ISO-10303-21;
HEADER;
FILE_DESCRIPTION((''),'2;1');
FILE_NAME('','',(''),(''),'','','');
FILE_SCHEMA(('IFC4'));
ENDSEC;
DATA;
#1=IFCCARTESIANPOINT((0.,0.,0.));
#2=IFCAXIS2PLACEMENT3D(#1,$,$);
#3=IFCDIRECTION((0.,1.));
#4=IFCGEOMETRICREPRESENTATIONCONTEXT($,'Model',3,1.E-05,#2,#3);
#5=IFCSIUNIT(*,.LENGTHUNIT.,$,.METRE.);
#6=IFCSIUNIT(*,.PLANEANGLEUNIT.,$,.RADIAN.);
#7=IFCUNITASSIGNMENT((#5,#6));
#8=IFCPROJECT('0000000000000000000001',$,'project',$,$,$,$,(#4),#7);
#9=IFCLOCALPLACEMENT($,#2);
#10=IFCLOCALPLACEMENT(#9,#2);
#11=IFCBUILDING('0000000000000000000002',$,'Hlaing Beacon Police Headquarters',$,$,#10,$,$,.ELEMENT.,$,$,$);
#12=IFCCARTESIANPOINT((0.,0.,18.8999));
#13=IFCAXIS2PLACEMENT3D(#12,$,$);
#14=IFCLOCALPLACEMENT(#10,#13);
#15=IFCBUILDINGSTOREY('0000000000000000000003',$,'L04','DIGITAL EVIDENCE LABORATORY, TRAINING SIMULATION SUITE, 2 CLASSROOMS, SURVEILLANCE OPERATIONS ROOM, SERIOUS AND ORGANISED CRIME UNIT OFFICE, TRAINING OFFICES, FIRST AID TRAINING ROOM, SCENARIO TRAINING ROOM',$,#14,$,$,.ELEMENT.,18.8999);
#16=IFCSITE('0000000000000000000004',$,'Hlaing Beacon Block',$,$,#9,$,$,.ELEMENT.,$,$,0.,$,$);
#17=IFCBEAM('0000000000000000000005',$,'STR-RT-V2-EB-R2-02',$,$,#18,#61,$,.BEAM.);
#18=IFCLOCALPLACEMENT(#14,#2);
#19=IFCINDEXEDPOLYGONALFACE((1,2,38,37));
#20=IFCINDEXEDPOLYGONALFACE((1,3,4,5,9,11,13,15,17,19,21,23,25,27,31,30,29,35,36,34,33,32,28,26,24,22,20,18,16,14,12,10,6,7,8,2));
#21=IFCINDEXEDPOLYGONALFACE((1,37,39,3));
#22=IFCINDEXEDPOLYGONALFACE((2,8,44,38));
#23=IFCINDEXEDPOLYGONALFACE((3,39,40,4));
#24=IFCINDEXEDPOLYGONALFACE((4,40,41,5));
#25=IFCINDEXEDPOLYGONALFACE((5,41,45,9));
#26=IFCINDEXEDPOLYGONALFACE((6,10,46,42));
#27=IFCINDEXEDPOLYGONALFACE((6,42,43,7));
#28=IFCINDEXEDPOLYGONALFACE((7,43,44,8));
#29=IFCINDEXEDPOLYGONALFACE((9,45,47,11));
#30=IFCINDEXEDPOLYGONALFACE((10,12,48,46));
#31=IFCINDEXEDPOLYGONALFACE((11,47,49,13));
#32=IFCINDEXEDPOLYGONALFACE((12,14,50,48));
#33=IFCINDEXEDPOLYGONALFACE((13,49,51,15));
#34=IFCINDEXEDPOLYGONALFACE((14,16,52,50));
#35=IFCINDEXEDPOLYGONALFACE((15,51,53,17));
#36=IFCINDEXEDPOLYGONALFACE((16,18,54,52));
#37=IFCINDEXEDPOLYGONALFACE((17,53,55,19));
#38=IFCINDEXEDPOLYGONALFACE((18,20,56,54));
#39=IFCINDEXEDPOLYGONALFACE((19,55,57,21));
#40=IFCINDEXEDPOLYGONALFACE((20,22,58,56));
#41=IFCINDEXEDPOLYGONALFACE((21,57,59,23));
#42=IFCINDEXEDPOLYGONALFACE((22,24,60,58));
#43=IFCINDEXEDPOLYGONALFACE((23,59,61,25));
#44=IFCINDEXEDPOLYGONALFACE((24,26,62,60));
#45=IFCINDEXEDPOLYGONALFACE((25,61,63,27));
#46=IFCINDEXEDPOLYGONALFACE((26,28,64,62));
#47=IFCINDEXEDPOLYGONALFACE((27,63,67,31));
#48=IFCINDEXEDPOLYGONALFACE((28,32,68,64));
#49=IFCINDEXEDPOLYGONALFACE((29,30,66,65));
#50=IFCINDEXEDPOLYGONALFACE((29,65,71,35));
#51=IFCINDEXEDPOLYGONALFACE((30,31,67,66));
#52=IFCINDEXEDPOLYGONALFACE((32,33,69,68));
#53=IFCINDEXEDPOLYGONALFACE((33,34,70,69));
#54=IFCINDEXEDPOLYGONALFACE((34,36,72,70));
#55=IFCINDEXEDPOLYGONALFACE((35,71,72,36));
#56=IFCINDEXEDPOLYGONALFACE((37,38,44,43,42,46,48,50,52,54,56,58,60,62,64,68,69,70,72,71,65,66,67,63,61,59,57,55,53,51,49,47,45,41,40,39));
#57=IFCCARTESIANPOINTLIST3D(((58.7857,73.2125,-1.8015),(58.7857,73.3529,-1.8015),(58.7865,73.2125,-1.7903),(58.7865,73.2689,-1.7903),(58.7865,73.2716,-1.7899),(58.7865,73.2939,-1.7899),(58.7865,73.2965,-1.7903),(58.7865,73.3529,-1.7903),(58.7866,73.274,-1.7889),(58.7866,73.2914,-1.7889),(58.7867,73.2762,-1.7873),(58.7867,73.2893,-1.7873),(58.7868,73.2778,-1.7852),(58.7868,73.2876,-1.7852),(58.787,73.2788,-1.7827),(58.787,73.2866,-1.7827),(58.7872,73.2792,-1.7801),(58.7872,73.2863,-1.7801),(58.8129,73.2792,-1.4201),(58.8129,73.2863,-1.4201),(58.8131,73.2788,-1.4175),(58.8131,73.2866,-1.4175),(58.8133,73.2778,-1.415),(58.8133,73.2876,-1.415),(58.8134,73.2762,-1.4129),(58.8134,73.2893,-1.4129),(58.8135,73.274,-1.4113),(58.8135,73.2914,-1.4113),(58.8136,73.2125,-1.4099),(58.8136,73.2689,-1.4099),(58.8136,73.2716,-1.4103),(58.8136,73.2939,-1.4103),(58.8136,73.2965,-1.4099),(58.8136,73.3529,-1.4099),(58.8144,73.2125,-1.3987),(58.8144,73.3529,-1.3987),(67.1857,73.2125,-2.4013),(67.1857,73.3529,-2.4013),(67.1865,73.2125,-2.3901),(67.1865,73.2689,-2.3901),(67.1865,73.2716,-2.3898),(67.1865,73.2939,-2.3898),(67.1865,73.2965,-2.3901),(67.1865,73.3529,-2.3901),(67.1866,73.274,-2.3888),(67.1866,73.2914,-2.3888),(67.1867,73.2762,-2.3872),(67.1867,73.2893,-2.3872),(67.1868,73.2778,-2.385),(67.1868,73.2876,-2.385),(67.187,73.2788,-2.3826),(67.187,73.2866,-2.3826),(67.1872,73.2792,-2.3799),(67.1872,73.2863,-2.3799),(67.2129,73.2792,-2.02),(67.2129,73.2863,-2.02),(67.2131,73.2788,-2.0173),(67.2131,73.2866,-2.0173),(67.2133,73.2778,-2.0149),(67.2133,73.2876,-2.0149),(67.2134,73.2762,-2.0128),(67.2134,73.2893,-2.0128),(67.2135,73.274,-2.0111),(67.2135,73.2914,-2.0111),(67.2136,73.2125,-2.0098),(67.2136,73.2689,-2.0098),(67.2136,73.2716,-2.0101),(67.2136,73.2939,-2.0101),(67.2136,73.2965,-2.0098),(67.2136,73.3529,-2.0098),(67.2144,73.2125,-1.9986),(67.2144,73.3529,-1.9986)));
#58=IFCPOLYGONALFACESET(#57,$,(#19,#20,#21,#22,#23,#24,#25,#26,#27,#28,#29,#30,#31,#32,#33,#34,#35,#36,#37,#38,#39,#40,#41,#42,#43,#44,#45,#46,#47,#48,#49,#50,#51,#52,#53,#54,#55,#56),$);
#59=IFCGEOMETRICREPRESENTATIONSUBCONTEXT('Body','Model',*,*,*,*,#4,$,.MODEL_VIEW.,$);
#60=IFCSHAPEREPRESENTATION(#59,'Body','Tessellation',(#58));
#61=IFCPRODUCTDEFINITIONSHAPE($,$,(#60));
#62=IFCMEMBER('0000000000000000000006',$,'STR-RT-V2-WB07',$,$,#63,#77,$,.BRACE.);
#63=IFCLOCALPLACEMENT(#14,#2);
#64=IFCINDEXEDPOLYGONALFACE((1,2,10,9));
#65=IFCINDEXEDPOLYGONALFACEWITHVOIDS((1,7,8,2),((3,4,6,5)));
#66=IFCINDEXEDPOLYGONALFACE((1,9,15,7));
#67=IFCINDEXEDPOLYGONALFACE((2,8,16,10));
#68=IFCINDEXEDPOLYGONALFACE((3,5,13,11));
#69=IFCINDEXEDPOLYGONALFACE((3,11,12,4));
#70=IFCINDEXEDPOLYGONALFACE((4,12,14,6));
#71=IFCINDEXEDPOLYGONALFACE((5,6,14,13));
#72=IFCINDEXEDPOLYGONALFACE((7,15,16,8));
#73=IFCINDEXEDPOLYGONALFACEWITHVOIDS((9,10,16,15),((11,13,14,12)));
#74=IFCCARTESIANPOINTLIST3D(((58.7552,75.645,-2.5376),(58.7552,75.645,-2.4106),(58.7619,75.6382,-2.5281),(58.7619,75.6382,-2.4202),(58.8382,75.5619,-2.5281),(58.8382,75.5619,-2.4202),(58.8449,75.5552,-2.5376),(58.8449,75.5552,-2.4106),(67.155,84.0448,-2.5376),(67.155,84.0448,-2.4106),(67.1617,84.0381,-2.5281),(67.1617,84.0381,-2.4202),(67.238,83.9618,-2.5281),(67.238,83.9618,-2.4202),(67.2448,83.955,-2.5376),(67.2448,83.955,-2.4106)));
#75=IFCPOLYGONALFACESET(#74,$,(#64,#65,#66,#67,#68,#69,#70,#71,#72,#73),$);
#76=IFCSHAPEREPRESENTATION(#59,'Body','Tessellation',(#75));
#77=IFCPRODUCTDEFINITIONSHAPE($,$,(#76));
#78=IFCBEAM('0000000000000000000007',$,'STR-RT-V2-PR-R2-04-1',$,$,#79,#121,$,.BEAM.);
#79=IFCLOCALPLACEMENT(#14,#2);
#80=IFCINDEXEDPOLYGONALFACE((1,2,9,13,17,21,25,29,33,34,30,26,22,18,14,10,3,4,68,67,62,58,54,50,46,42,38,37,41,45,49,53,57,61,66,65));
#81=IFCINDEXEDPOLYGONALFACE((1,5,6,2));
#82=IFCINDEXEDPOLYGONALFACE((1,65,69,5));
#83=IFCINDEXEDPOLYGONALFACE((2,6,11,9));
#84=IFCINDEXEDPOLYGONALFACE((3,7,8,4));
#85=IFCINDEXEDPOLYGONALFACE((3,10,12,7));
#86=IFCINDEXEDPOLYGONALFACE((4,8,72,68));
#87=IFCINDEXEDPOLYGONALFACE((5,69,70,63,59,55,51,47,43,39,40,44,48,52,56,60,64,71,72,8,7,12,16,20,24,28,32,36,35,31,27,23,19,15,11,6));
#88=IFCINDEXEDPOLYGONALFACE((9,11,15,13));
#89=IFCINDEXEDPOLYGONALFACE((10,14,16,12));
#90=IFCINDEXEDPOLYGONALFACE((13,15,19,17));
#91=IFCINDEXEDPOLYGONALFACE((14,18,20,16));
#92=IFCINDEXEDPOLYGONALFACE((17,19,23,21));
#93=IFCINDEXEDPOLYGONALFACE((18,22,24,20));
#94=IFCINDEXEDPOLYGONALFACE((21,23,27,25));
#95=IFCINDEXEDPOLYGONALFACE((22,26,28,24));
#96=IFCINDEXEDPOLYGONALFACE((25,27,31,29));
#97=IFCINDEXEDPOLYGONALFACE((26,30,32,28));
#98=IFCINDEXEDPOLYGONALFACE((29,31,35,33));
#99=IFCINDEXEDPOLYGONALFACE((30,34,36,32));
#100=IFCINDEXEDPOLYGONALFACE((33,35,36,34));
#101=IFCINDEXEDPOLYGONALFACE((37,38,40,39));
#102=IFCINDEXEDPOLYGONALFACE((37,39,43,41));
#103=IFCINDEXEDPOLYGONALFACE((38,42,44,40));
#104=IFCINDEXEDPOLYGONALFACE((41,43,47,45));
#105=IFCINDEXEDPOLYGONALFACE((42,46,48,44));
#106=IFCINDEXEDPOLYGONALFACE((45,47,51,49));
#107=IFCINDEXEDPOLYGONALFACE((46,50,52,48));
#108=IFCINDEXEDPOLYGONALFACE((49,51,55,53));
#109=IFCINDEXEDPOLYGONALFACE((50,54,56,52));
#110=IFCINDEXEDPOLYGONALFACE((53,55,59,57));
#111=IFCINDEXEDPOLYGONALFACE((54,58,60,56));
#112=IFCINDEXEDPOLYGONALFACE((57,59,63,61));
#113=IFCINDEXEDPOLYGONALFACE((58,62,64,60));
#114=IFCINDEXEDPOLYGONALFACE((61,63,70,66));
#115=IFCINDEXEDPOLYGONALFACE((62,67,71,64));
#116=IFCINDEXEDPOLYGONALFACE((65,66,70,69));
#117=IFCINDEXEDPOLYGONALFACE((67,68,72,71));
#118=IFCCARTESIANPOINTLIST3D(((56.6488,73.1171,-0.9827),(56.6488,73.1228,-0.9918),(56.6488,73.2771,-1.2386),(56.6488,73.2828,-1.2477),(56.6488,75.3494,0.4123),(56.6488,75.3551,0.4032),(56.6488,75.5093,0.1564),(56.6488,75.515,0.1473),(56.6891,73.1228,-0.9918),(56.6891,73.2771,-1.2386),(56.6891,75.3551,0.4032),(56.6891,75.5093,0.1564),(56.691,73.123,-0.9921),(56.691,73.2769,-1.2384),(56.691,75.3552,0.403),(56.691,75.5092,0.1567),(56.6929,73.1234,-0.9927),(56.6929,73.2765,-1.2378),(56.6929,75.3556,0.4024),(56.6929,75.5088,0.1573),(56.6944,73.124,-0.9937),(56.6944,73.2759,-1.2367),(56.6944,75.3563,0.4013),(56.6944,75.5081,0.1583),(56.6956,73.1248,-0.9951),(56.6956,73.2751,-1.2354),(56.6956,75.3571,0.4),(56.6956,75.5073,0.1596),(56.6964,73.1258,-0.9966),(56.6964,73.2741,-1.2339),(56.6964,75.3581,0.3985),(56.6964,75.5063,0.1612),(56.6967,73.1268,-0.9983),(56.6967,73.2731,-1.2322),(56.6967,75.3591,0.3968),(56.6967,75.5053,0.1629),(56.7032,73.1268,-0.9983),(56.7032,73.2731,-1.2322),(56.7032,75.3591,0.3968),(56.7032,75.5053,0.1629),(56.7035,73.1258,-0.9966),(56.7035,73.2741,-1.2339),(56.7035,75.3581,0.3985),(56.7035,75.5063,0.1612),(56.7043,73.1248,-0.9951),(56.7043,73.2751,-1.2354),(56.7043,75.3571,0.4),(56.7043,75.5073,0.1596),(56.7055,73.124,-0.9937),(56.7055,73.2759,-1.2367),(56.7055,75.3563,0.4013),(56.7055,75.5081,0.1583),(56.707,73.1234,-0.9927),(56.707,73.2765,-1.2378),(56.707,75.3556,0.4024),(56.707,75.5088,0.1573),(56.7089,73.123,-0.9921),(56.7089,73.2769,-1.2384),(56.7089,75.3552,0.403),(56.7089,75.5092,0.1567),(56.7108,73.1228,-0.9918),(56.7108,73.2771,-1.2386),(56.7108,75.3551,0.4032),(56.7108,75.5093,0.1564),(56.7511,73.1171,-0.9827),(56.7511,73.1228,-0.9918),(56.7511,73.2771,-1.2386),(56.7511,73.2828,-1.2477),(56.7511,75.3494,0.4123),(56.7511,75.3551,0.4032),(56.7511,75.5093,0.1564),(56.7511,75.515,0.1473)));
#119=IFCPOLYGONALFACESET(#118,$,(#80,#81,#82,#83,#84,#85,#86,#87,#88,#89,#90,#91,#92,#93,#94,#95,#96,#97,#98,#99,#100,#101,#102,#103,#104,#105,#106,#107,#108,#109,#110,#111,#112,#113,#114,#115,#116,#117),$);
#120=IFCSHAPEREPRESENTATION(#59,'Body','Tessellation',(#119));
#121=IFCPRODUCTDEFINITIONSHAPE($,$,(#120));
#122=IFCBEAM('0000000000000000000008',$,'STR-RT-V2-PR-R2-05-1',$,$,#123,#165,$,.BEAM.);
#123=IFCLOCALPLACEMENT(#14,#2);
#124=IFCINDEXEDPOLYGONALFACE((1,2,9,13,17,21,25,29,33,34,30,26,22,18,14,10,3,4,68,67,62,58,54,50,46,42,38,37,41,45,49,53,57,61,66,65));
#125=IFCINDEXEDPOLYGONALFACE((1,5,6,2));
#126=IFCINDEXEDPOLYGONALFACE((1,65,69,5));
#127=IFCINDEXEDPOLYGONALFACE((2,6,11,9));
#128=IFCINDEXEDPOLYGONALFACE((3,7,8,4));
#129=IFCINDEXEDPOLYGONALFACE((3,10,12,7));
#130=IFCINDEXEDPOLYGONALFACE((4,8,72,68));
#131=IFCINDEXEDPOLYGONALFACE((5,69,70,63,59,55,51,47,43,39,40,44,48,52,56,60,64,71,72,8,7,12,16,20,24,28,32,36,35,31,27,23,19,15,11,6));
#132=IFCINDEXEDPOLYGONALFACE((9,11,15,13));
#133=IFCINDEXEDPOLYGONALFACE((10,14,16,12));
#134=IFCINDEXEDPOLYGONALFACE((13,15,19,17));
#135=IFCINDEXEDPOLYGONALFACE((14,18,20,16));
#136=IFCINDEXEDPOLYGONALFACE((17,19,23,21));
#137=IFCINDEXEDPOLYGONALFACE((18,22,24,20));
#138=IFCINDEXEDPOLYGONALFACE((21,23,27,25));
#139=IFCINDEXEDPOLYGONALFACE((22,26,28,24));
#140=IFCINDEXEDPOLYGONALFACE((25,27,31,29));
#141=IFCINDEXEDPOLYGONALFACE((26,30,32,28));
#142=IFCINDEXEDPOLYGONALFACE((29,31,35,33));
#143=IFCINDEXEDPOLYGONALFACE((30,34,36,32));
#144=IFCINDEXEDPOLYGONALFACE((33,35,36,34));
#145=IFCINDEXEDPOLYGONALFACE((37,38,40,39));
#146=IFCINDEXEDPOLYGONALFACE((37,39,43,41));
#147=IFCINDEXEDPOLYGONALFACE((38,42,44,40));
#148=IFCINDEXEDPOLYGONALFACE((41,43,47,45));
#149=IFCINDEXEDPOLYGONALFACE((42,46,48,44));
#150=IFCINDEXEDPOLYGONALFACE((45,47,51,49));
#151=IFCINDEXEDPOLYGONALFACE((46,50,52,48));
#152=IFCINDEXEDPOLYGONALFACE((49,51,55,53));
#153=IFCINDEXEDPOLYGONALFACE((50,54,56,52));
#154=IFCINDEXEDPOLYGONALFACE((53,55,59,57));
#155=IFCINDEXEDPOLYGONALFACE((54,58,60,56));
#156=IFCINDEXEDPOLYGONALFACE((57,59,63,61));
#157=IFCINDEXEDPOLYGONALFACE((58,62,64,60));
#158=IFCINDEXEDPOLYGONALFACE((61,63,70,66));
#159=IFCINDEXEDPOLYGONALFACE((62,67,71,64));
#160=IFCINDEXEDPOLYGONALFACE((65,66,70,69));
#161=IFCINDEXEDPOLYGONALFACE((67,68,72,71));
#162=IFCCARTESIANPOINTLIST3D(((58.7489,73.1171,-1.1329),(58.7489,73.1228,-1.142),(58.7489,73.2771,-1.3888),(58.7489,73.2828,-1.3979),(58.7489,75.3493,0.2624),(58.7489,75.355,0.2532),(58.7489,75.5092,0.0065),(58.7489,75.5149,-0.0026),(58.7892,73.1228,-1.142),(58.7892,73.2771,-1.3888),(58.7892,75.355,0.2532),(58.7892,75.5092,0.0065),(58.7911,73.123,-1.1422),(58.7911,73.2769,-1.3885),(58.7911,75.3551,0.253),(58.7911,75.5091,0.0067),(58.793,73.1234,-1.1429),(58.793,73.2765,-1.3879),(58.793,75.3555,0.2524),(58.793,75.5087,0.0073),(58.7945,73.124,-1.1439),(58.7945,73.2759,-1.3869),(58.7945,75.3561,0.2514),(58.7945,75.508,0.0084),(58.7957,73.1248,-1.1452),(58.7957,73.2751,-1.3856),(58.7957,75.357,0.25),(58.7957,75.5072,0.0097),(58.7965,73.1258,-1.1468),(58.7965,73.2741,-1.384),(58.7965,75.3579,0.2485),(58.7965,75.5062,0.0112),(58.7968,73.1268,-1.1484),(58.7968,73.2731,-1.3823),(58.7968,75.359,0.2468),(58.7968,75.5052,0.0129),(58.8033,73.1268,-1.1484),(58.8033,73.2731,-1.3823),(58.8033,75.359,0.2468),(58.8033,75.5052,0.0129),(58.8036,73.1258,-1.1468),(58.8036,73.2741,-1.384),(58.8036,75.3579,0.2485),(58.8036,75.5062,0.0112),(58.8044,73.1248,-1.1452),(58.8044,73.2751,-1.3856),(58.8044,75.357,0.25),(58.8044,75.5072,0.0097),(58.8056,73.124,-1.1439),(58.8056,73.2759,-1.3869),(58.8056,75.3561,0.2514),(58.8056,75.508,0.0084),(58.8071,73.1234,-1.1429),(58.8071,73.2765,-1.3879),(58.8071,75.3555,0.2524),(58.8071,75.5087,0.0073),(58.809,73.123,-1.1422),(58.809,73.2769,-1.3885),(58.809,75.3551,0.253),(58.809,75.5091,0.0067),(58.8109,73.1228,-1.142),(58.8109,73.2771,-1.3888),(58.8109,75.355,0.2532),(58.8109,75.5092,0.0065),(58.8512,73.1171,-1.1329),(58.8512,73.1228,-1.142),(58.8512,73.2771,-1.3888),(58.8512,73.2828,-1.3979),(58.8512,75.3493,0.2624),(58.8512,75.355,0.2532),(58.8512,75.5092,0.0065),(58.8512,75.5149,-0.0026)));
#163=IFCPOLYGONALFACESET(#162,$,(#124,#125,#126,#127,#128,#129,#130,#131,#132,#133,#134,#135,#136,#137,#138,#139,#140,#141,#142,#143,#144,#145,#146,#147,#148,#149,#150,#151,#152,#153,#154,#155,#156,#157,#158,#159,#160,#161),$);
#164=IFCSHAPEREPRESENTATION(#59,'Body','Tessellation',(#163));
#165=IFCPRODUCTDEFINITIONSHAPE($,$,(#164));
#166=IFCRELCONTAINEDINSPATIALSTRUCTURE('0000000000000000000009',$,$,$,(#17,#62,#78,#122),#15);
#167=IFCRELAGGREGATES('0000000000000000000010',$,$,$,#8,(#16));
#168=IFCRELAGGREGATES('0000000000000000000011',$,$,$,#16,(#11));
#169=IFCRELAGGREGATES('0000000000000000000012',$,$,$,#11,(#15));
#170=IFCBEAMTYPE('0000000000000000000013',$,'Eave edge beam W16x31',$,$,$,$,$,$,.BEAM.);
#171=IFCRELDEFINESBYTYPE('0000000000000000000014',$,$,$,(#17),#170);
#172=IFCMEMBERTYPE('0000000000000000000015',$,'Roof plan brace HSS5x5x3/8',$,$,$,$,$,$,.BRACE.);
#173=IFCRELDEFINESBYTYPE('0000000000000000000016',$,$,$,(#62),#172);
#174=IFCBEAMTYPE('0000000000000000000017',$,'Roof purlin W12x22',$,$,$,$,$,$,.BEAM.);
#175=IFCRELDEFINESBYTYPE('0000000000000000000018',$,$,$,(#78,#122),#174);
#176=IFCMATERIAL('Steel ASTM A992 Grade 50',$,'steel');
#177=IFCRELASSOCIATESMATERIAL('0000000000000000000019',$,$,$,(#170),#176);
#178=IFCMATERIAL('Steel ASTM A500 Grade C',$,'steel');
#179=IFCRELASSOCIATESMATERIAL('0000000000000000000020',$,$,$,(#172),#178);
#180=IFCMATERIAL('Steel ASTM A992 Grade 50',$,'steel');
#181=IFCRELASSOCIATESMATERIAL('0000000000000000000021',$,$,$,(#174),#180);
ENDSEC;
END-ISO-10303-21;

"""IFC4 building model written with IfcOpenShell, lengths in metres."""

from ifc_helpers import new_model, si_unit, direction, frame, origin, origin_2d, place, context, subcontext, project, spatial, hollow_rectangle, i_section, extrude, material, material_profile, profile_set, type_object, element, save


model = new_model("IFC4")

# Units and contexts
model_context = context("Model", 3, precision=1e-05, world=origin(), true_north=direction((0.0, 1.0)))
body_context = subcontext(model_context, "Body", "Model", "MODEL_VIEW")
ifc_project = project(units=[si_unit("LENGTHUNIT", "METRE"), si_unit("PLANEANGLEUNIT", "RADIAN")], contexts=[model_context])

# Site, building, storey
site_placement = place(None, origin())
site = spatial("IfcSite", under=ifc_project, at=site_placement, Name="Hlaing Beacon Block", CompositionType="ELEMENT", RefElevation=0.0)
building_placement = place(site_placement, origin())
building = spatial("IfcBuilding", under=site, at=building_placement, Name="Hlaing Beacon Police Headquarters", CompositionType="ELEMENT")
storey_placement = place(building_placement, frame((0.0, 0.0, 18.8999)))
storey = spatial("IfcBuildingStorey", under=building, at=storey_placement, Name="L04", Description="DIGITAL EVIDENCE LABORATORY, TRAINING SIMULATION SUITE, 2 CLASSROOMS, SURVEILLANCE OPERATIONS ROOM, SERIOUS AND ORGANISED CRIME UNIT OFFICE, TRAINING OFFICES, FIRST AID TRAINING ROOM, SCENARIO TRAINING ROOM", CompositionType="ELEMENT", Elevation=18.8999)

# Beam
ifc_material_1 = material(Name="Steel ASTM A992 Grade 50", Category="steel")
ifc_material_profile_1 = material_profile(ifc_material_1, i_section(OverallWidth=0.1404, OverallDepth=0.4038, WebThickness=0.0071, FlangeThickness=0.0112, FilletRadius=0.0103, at=origin_2d()), Name="W16x31")
ifc_profile_set_1 = profile_set([ifc_material_profile_1], Name="Steel ASTM A992 Grade 50")
beam_type_1 = type_object("IfcBeamType", Name="Eave edge beam W16x31", PredefinedType="BEAM", material=ifc_profile_set_1)
beam_placement = place(storey_placement, frame((58.8, 73.2827, -1.6001), z_axis=(0.99746, 0.0, -0.071231), x_axis=(0.0, 1.0, 0.0)))
element("IfcBeam", 1, at=beam_placement, inside=storey, type_object=beam_type_1, Name="STR-RT-V2-EB-R2-02", PredefinedType="BEAM", context=body_context, shape_type="SweptSolid", body=[
    extrude(i_section(OverallWidth=0.1404, OverallDepth=0.4038, WebThickness=0.0071, FlangeThickness=0.0112, FilletRadius=0.0103, at=origin_2d()), origin(), (0.0, 0.0, 1.0), 8.4214),
])

# Member
ifc_material_2 = material(Name="Steel ASTM A500 Grade C", Category="steel")
ifc_material_profile_2 = material_profile(ifc_material_2, hollow_rectangle(XDim=0.127, YDim=0.127, WallThickness=0.0095, at=origin_2d()), Name="HSS5x5x3/8")
ifc_profile_set_2 = profile_set([ifc_material_profile_2], Name="Steel ASTM A500 Grade C")
member_type_1 = type_object("IfcMemberType", Name="Roof plan brace HSS5x5x3/8", PredefinedType="BRACE", material=ifc_profile_set_2)
member_1_placement = place(storey_placement, frame((58.8, 75.6001, -2.4741), z_axis=(0.707107, 0.707107, 0.0), x_axis=(-0.707107, 0.707107, 0.0)))
element("IfcMember", 2, at=member_1_placement, inside=storey, type_object=member_type_1, Name="STR-RT-V2-WB07", PredefinedType="BRACE", context=body_context, shape_type="SweptSolid", body=[
    extrude(hollow_rectangle(XDim=0.127, YDim=0.127, WallThickness=0.0095, at=origin_2d()), origin(), (0.0, 0.0, 1.0), 11.8792),
])

# Beams
ifc_material_3 = material(Name="Steel ASTM A992 Grade 50", Category="steel")
ifc_material_profile_3 = material_profile(ifc_material_3, i_section(OverallWidth=0.1023, OverallDepth=0.3125, WebThickness=0.0066, FlangeThickness=0.0107, FilletRadius=0.0076, at=origin_2d()), Name="W12x22")
ifc_profile_set_3 = profile_set([ifc_material_profile_3], Name="Steel ASTM A992 Grade 50")
beam_type_2 = type_object("IfcBeamType", Name="Roof purlin W12x22", PredefinedType="BEAM", material=ifc_profile_set_3)
for number, where, z_axis, x_axis, name in (
    (3, (56.7, 73.2, -1.1152), (0.0, 0.848014, 0.529974), (-1.0, 0.0, 0.0), "STR-RT-V2-PR-R2-04-1"),
    (4, (58.8, 73.2, -1.2654), (0.0, 0.847972, 0.530041), (-1.0, 0.0, 0.0), "STR-RT-V2-PR-R2-05-1"),
):
    element("IfcBeam", number, at=place(storey_placement, frame(where, z_axis=z_axis, x_axis=x_axis)), inside=storey, type_object=beam_type_2, Name=name, PredefinedType="BEAM", context=body_context, shape_type="SweptSolid", body=[
        extrude(i_section(OverallWidth=0.1023, OverallDepth=0.3125, WebThickness=0.0066, FlangeThickness=0.0107, FilletRadius=0.0076, at=origin_2d()), origin(), (0.0, 0.0, 1.0), 2.6323),
    ])

save(model, "model.ifc")
